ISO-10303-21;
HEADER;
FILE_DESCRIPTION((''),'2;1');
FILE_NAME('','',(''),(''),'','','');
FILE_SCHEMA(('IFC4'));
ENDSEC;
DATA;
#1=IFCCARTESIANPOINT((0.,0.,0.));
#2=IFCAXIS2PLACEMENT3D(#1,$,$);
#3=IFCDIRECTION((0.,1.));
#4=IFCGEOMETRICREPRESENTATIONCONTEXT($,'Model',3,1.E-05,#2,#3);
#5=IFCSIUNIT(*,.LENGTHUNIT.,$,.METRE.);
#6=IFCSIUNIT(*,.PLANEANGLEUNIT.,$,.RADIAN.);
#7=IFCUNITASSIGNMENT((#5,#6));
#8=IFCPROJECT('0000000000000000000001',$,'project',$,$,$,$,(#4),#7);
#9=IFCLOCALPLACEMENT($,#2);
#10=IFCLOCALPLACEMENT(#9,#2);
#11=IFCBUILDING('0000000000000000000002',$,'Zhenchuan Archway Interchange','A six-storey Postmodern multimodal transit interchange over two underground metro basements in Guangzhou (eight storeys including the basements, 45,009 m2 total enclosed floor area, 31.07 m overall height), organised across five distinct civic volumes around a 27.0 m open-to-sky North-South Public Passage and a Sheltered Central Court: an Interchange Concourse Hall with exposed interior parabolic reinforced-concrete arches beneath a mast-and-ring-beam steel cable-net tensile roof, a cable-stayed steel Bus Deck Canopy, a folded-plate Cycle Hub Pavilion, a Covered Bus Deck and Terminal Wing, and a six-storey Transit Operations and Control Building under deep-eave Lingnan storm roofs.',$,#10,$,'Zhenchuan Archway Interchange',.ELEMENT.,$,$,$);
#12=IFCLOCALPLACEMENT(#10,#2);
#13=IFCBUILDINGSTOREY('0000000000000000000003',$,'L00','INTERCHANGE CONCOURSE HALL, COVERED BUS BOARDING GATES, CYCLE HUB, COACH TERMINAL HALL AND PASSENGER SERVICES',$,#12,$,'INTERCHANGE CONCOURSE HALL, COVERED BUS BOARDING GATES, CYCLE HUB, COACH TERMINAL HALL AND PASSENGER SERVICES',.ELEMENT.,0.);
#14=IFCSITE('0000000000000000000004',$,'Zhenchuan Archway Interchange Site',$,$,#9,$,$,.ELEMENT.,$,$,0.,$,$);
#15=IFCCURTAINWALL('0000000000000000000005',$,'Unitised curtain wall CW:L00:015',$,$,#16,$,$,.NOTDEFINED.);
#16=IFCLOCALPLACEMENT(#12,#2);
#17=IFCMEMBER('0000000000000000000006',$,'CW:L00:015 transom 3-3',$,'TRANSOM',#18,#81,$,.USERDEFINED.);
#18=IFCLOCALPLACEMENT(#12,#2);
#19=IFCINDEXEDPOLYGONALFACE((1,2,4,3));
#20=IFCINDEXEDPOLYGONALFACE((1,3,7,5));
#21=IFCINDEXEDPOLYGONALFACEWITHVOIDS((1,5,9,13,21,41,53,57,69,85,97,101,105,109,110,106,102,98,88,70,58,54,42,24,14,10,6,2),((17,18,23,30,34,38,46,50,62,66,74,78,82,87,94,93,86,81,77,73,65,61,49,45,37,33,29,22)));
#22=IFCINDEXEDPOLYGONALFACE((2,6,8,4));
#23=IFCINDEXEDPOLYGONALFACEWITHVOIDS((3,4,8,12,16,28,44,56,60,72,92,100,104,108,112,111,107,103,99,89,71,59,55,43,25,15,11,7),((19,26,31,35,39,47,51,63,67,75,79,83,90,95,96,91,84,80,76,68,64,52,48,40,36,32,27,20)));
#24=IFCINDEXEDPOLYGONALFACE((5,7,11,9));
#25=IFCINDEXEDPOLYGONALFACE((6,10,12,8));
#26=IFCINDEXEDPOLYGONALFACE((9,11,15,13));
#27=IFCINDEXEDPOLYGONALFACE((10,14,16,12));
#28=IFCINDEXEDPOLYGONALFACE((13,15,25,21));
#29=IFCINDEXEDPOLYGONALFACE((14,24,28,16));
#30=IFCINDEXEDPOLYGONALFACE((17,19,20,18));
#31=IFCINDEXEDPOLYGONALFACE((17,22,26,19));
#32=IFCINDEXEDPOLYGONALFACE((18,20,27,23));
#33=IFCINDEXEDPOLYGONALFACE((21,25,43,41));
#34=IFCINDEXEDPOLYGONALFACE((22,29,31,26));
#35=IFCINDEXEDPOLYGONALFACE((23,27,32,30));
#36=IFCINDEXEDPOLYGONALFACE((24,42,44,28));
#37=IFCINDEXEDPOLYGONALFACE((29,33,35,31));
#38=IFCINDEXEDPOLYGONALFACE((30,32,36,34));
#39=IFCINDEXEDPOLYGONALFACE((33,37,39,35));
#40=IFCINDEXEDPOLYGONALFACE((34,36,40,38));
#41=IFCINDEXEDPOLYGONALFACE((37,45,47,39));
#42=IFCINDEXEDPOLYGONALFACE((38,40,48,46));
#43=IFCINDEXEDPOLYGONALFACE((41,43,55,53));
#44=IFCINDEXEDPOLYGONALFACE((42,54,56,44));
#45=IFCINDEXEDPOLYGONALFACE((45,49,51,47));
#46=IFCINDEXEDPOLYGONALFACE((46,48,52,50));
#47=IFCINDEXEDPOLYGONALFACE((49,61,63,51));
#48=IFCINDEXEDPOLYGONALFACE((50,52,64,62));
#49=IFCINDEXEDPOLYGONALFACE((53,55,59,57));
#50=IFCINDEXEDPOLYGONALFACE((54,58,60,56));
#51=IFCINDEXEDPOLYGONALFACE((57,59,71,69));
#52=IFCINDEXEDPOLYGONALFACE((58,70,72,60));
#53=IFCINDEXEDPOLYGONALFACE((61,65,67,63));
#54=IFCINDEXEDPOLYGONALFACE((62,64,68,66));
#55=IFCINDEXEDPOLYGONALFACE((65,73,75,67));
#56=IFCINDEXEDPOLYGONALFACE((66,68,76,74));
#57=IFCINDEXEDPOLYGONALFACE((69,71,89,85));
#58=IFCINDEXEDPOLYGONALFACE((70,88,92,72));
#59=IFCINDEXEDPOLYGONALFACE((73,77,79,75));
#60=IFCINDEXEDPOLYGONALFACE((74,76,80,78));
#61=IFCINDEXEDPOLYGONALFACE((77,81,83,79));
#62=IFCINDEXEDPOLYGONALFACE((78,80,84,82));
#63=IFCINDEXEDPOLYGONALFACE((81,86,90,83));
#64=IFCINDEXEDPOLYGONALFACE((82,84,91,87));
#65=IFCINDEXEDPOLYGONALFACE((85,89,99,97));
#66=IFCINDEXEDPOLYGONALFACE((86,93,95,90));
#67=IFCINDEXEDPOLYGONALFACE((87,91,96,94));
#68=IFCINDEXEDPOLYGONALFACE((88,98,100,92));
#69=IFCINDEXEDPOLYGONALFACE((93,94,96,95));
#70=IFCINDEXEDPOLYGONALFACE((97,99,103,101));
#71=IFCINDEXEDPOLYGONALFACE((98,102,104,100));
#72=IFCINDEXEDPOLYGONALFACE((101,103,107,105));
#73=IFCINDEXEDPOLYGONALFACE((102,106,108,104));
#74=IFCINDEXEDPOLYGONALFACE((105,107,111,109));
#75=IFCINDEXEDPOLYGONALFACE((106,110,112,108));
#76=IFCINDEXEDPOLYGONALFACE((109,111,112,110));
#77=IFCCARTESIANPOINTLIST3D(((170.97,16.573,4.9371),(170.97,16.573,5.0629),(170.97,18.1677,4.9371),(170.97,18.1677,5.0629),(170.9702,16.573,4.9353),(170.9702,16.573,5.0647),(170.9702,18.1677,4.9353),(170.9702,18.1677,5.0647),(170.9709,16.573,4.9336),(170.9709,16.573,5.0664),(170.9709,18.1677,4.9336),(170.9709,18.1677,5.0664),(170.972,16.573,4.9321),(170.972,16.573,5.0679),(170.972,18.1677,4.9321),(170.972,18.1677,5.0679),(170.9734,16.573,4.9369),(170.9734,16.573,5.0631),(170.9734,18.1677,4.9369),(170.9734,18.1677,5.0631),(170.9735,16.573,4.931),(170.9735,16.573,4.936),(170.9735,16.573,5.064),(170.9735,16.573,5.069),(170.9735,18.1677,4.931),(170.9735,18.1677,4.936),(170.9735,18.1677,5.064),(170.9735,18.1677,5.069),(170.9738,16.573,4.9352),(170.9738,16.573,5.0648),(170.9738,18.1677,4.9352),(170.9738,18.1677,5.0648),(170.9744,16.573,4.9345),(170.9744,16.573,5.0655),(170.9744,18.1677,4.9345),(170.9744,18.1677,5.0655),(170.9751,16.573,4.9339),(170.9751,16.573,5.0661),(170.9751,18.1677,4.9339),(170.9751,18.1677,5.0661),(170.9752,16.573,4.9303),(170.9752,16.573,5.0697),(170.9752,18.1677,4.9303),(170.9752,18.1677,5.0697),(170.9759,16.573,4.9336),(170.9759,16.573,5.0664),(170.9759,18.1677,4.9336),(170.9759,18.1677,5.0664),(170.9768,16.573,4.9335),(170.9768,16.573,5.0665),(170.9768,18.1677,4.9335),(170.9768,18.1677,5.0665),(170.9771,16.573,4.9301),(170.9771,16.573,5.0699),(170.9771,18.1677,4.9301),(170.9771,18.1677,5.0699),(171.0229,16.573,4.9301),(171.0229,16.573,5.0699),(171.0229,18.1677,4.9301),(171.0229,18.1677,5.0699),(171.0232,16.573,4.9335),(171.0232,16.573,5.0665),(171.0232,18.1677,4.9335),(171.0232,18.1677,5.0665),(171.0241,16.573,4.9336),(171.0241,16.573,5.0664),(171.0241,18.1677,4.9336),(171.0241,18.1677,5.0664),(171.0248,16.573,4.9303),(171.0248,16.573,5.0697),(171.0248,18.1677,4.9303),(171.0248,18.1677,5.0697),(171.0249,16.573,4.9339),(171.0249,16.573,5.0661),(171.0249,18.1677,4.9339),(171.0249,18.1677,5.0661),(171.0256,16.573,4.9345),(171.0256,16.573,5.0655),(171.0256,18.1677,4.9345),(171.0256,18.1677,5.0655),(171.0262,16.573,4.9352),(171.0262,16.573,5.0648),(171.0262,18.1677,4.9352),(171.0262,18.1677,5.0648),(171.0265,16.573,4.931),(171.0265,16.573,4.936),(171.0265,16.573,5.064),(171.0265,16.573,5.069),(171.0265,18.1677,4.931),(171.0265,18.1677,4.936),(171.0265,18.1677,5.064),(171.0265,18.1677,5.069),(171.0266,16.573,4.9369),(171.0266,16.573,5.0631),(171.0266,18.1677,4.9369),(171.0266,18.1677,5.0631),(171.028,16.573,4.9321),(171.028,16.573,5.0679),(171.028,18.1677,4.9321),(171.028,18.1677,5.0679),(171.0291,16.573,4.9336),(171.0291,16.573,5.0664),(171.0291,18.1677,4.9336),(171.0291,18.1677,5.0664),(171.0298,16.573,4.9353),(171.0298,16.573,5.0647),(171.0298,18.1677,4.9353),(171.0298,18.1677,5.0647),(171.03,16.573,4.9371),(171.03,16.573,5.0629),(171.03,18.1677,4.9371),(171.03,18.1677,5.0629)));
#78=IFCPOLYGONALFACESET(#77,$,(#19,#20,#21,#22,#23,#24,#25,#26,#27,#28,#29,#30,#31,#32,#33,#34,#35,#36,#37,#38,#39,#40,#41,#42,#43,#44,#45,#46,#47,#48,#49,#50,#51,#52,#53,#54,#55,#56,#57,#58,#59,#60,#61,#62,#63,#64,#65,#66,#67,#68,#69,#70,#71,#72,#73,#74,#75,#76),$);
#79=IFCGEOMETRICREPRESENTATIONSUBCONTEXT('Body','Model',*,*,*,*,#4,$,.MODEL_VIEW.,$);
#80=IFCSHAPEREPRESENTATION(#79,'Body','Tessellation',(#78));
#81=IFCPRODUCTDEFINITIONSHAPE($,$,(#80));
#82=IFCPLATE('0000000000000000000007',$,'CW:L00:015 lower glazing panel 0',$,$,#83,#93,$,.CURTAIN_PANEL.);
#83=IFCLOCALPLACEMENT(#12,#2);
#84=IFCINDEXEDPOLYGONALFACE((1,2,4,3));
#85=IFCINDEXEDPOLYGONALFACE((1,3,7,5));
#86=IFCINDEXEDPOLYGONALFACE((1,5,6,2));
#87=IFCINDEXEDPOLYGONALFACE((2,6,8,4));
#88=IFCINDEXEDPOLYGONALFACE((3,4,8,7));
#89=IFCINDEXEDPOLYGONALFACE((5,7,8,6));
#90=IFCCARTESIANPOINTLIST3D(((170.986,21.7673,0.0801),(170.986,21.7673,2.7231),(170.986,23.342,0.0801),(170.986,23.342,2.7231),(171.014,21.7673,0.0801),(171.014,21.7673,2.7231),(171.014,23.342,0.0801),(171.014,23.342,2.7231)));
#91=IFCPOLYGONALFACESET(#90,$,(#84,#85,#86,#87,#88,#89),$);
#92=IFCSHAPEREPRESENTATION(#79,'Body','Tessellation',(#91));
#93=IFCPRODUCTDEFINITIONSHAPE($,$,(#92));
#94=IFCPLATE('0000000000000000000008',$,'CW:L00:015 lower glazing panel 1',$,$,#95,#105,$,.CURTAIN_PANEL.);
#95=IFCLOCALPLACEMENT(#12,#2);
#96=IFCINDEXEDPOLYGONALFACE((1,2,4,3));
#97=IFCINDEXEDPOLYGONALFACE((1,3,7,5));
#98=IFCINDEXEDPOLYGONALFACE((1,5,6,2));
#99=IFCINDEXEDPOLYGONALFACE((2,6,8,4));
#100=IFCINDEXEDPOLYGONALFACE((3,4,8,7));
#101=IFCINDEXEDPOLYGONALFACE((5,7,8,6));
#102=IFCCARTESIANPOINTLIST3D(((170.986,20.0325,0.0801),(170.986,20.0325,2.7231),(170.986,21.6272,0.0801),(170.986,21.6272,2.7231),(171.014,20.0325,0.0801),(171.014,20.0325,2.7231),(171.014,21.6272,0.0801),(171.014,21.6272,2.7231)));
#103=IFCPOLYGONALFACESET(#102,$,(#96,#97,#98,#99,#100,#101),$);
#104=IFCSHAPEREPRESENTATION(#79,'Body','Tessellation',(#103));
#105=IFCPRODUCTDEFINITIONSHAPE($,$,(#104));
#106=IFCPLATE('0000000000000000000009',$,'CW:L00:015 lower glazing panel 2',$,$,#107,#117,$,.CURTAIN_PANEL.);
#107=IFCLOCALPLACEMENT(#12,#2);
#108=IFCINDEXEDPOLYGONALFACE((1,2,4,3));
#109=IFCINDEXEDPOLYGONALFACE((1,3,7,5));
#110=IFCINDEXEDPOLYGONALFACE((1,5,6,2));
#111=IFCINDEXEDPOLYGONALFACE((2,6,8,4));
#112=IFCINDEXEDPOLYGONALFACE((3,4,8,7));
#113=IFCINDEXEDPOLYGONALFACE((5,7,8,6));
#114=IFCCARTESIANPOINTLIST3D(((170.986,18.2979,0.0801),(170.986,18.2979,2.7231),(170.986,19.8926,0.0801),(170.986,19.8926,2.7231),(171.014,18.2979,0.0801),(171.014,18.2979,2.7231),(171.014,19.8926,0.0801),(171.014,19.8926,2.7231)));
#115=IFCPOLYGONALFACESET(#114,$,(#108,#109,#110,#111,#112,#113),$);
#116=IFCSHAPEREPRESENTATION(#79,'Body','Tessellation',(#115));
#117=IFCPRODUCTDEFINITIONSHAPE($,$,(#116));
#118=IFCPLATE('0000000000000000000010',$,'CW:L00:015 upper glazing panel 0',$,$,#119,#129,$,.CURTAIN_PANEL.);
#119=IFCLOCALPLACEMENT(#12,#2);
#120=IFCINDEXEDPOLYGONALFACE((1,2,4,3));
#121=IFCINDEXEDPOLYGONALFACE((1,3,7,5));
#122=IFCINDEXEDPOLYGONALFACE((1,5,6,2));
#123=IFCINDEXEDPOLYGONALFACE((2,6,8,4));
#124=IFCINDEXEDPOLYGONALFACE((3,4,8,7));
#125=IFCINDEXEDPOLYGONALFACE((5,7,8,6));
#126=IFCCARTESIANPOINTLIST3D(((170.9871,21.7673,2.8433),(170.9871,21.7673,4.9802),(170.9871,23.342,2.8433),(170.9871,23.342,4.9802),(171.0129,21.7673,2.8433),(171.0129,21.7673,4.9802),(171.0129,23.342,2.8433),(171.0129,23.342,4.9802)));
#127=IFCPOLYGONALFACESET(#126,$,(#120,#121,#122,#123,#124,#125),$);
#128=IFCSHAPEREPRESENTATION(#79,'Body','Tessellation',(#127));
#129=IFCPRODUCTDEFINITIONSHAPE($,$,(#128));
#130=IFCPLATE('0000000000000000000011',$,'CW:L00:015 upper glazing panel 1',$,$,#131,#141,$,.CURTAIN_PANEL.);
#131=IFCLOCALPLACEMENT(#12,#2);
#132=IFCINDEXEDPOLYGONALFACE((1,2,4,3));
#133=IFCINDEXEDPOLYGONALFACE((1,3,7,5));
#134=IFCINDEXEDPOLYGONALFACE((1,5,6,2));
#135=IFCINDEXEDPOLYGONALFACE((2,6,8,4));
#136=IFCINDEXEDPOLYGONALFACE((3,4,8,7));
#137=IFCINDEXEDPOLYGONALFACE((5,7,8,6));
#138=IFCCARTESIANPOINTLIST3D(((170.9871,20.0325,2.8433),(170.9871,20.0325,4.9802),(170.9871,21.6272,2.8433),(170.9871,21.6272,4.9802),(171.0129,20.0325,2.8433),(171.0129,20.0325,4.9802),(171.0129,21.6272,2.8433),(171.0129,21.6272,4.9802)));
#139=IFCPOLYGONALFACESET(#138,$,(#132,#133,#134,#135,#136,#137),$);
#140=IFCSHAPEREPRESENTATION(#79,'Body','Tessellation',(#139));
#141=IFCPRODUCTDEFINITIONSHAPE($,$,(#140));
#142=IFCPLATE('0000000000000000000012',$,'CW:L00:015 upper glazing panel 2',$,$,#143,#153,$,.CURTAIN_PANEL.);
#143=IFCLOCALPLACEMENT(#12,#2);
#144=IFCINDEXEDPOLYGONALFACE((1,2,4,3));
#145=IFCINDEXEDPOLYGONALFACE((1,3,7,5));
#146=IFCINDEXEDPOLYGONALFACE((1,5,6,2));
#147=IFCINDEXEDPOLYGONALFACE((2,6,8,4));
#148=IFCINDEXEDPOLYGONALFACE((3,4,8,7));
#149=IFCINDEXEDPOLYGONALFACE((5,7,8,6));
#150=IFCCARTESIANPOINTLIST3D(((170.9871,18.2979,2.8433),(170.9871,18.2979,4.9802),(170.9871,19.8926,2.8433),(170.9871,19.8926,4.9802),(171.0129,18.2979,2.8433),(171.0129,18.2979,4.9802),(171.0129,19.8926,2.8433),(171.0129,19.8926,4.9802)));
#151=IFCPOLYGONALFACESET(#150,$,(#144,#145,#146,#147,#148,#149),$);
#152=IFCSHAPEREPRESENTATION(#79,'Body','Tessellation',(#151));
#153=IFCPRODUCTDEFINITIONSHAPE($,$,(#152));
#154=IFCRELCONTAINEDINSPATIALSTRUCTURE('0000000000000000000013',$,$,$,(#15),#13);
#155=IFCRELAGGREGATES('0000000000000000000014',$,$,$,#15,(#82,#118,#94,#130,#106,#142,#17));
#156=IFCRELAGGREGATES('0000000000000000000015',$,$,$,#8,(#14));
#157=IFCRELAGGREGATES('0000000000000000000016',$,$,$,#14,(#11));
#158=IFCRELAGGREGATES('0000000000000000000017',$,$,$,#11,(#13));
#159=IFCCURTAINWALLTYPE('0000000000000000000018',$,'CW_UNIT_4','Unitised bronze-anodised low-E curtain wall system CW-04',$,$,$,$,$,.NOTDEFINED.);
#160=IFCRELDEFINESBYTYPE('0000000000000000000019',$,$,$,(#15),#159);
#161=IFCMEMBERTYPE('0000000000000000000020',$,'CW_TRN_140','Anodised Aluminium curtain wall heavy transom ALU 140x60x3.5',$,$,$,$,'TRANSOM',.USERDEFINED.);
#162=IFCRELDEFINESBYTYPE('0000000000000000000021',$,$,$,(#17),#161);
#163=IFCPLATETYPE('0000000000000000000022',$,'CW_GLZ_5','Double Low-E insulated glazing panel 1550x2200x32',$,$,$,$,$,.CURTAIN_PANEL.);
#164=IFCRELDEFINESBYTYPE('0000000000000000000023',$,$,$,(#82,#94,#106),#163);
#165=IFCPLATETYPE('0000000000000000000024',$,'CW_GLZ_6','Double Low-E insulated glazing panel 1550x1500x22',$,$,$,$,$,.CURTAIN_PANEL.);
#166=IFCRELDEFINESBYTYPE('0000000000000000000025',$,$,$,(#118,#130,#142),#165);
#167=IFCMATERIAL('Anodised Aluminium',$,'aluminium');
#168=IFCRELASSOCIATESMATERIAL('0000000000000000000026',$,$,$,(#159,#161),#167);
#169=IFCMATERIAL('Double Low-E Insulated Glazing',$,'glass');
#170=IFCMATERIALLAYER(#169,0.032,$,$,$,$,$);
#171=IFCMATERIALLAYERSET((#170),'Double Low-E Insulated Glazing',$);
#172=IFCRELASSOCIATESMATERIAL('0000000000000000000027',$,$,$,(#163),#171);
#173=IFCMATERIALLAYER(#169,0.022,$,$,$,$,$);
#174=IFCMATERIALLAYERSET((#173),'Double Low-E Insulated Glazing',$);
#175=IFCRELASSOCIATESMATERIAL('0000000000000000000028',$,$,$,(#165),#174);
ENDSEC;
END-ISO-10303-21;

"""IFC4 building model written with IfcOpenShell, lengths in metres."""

from ifc_helpers import new_model, si_unit, direction, frame, origin, origin_2d, place, context, subcontext, project, spatial, rectangle, hollow_rectangle, extrude, material, layer, layer_set, material_profile, profile_set, type_object, element, aggregate, save


model = new_model("IFC4")

# Units and contexts
model_context = context("Model", 3, precision=1e-05, world=origin(), true_north=direction((0.0, 1.0)))
body_context = subcontext(model_context, "Body", "Model", "MODEL_VIEW")
ifc_project = project(units=[si_unit("LENGTHUNIT", "METRE"), si_unit("PLANEANGLEUNIT", "RADIAN")], contexts=[model_context])

# Site, building, storey
site_placement = place(None, origin())
site = spatial("IfcSite", under=ifc_project, at=site_placement, Name="Zhenchuan Archway Interchange Site", CompositionType="ELEMENT", RefElevation=0.0)
building_placement = place(site_placement, origin())
building = spatial("IfcBuilding", under=site, at=building_placement, Name="Zhenchuan Archway Interchange", Description="A six-storey Postmodern multimodal transit interchange over two underground metro basements in Guangzhou (eight storeys including the basements, 45,009 m2 total enclosed floor area, 31.07 m overall height), organised across five distinct civic volumes around a 27.0 m open-to-sky North-South Public Passage and a Sheltered Central Court: an Interchange Concourse Hall with exposed interior parabolic reinforced-concrete arches beneath a mast-and-ring-beam steel cable-net tensile roof, a cable-stayed steel Bus Deck Canopy, a folded-plate Cycle Hub Pavilion, a Covered Bus Deck and Terminal Wing, and a six-storey Transit Operations and Control Building under deep-eave Lingnan storm roofs.", LongName="Zhenchuan Archway Interchange", CompositionType="ELEMENT")
storey_placement = place(building_placement, origin())
storey = spatial("IfcBuildingStorey", under=building, at=storey_placement, Name="L00", Description="INTERCHANGE CONCOURSE HALL, COVERED BUS BOARDING GATES, CYCLE HUB, COACH TERMINAL HALL AND PASSENGER SERVICES", LongName="INTERCHANGE CONCOURSE HALL, COVERED BUS BOARDING GATES, CYCLE HUB, COACH TERMINAL HALL AND PASSENGER SERVICES", CompositionType="ELEMENT", Elevation=0.0)

# Curtain wall, member, plates
ifc_material_1 = material(Name="Anodised Aluminium", Category="aluminium")
curtain_wall_type = type_object("IfcCurtainWallType", Name="CW_UNIT_4", Description="Unitised bronze-anodised low-E curtain wall system CW-04", PredefinedType="NOTDEFINED", material=ifc_material_1)
curtain_wall_placement = place(storey_placement, origin())
curtain_wall = element("IfcCurtainWall", 1, at=curtain_wall_placement, inside=storey, type_object=curtain_wall_type, Name="Unitised curtain wall CW:L00:015", PredefinedType="NOTDEFINED")
ifc_material_profile_1 = material_profile(ifc_material_1, hollow_rectangle(XDim=0.0601, YDim=0.1399, WallThickness=0.0034, InnerFilletRadius=0.0034, OuterFilletRadius=0.0071, at=origin_2d()), Name="ALU 140x60x3.5")
ifc_profile_set_1 = profile_set([ifc_material_profile_1], Name="Anodised Aluminium")
member_type_1 = type_object("IfcMemberType", Name="CW_TRN_140", Description="Anodised Aluminium curtain wall heavy transom ALU 140x60x3.5", ElementType="TRANSOM", PredefinedType="USERDEFINED", material=ifc_profile_set_1)
member_1_placement = place(storey_placement, frame((171.0, 18.1677, 5.0), z_axis=(0.0, -1.0, 0.0), x_axis=(1.0, 0.0, 0.0)))
member_1 = element("IfcMember", 2, at=member_1_placement, type_object=member_type_1, Name="CW:L00:015 transom 3-3", ObjectType="TRANSOM", PredefinedType="USERDEFINED", context=body_context, shape_type="SweptSolid", body=[
    extrude(hollow_rectangle(XDim=0.0601, YDim=0.1399, WallThickness=0.0034, InnerFilletRadius=0.0034, OuterFilletRadius=0.0071, at=origin_2d()), origin(), (0.0, 0.0, 1.0), 1.5947),
])
ifc_material_2 = material(Name="Double Low-E Insulated Glazing", Category="glass")
ifc_layer_1 = layer(ifc_material_2, 0.032)
ifc_layer_set_1 = layer_set([ifc_layer_1], Name="Double Low-E Insulated Glazing")
plate_type_1 = type_object("IfcPlateType", Name="CW_GLZ_5", Description="Double Low-E insulated glazing panel 1550x2200x32", PredefinedType="CURTAIN_PANEL", material=ifc_layer_set_1)
plate_1_placement = place(storey_placement, frame((171.0, 22.5547, 0.0801), z_axis=(0.0, 0.0, 1.0), x_axis=(0.0, -1.0, 0.0)))
plate_1 = element("IfcPlate", 3, at=plate_1_placement, type_object=plate_type_1, Name="CW:L00:015 lower glazing panel 0", PredefinedType="CURTAIN_PANEL", context=body_context, shape_type="SweptSolid", body=[
    extrude(rectangle(XDim=1.5747, YDim=0.0281, at=origin_2d()), origin(), (0.0, 0.0, 1.0), 2.6431),
])
plate_2_placement = place(storey_placement, frame((171.0, 20.8298, 0.0801), z_axis=(0.0, 0.0, 1.0), x_axis=(0.0, -1.0, 0.0)))
plate_2 = element("IfcPlate", 4, at=plate_2_placement, type_object=plate_type_1, Name="CW:L00:015 lower glazing panel 1", PredefinedType="CURTAIN_PANEL", context=body_context, shape_type="SweptSolid", body=[
    extrude(rectangle(XDim=1.5947, YDim=0.0281, at=origin_2d()), origin(), (0.0, 0.0, 1.0), 2.6431),
])
plate_3_placement = place(storey_placement, frame((171.0, 19.0952, 0.0801), z_axis=(0.0, 0.0, 1.0), x_axis=(0.0, -1.0, 0.0)))
plate_3 = element("IfcPlate", 5, at=plate_3_placement, type_object=plate_type_1, Name="CW:L00:015 lower glazing panel 2", PredefinedType="CURTAIN_PANEL", context=body_context, shape_type="SweptSolid", body=[
    extrude(rectangle(XDim=1.5947, YDim=0.0281, at=origin_2d()), origin(), (0.0, 0.0, 1.0), 2.6431),
])
ifc_layer_2 = layer(ifc_material_2, 0.022)
ifc_layer_set_2 = layer_set([ifc_layer_2], Name="Double Low-E Insulated Glazing")
plate_type_2 = type_object("IfcPlateType", Name="CW_GLZ_6", Description="Double Low-E insulated glazing panel 1550x1500x22", PredefinedType="CURTAIN_PANEL", material=ifc_layer_set_2)
plate_4_placement = place(storey_placement, frame((171.0, 22.5547, 2.8433), z_axis=(0.0, 0.0, 1.0), x_axis=(0.0, -1.0, 0.0)))
plate_4 = element("IfcPlate", 6, at=plate_4_placement, type_object=plate_type_2, Name="CW:L00:015 upper glazing panel 0", PredefinedType="CURTAIN_PANEL", context=body_context, shape_type="SweptSolid", body=[
    extrude(rectangle(XDim=1.5747, YDim=0.0259, at=origin_2d()), origin(), (0.0, 0.0, 1.0), 2.137),
])
plate_5_placement = place(storey_placement, frame((171.0, 20.8298, 2.8433), z_axis=(0.0, 0.0, 1.0), x_axis=(0.0, -1.0, 0.0)))
plate_5 = element("IfcPlate", 7, at=plate_5_placement, type_object=plate_type_2, Name="CW:L00:015 upper glazing panel 1", PredefinedType="CURTAIN_PANEL", context=body_context, shape_type="SweptSolid", body=[
    extrude(rectangle(XDim=1.5947, YDim=0.0259, at=origin_2d()), origin(), (0.0, 0.0, 1.0), 2.137),
])
plate_6_placement = place(storey_placement, frame((171.0, 19.0952, 2.8433), z_axis=(0.0, 0.0, 1.0), x_axis=(0.0, -1.0, 0.0)))
plate_6 = element("IfcPlate", 8, at=plate_6_placement, type_object=plate_type_2, Name="CW:L00:015 upper glazing panel 2", PredefinedType="CURTAIN_PANEL", context=body_context, shape_type="SweptSolid", body=[
    extrude(rectangle(XDim=1.5947, YDim=0.0259, at=origin_2d()), origin(), (0.0, 0.0, 1.0), 2.137),
])
aggregate(curtain_wall, [plate_1, plate_4, plate_2, plate_5, plate_3, plate_6, member_1])

save(model, "model.ifc")
